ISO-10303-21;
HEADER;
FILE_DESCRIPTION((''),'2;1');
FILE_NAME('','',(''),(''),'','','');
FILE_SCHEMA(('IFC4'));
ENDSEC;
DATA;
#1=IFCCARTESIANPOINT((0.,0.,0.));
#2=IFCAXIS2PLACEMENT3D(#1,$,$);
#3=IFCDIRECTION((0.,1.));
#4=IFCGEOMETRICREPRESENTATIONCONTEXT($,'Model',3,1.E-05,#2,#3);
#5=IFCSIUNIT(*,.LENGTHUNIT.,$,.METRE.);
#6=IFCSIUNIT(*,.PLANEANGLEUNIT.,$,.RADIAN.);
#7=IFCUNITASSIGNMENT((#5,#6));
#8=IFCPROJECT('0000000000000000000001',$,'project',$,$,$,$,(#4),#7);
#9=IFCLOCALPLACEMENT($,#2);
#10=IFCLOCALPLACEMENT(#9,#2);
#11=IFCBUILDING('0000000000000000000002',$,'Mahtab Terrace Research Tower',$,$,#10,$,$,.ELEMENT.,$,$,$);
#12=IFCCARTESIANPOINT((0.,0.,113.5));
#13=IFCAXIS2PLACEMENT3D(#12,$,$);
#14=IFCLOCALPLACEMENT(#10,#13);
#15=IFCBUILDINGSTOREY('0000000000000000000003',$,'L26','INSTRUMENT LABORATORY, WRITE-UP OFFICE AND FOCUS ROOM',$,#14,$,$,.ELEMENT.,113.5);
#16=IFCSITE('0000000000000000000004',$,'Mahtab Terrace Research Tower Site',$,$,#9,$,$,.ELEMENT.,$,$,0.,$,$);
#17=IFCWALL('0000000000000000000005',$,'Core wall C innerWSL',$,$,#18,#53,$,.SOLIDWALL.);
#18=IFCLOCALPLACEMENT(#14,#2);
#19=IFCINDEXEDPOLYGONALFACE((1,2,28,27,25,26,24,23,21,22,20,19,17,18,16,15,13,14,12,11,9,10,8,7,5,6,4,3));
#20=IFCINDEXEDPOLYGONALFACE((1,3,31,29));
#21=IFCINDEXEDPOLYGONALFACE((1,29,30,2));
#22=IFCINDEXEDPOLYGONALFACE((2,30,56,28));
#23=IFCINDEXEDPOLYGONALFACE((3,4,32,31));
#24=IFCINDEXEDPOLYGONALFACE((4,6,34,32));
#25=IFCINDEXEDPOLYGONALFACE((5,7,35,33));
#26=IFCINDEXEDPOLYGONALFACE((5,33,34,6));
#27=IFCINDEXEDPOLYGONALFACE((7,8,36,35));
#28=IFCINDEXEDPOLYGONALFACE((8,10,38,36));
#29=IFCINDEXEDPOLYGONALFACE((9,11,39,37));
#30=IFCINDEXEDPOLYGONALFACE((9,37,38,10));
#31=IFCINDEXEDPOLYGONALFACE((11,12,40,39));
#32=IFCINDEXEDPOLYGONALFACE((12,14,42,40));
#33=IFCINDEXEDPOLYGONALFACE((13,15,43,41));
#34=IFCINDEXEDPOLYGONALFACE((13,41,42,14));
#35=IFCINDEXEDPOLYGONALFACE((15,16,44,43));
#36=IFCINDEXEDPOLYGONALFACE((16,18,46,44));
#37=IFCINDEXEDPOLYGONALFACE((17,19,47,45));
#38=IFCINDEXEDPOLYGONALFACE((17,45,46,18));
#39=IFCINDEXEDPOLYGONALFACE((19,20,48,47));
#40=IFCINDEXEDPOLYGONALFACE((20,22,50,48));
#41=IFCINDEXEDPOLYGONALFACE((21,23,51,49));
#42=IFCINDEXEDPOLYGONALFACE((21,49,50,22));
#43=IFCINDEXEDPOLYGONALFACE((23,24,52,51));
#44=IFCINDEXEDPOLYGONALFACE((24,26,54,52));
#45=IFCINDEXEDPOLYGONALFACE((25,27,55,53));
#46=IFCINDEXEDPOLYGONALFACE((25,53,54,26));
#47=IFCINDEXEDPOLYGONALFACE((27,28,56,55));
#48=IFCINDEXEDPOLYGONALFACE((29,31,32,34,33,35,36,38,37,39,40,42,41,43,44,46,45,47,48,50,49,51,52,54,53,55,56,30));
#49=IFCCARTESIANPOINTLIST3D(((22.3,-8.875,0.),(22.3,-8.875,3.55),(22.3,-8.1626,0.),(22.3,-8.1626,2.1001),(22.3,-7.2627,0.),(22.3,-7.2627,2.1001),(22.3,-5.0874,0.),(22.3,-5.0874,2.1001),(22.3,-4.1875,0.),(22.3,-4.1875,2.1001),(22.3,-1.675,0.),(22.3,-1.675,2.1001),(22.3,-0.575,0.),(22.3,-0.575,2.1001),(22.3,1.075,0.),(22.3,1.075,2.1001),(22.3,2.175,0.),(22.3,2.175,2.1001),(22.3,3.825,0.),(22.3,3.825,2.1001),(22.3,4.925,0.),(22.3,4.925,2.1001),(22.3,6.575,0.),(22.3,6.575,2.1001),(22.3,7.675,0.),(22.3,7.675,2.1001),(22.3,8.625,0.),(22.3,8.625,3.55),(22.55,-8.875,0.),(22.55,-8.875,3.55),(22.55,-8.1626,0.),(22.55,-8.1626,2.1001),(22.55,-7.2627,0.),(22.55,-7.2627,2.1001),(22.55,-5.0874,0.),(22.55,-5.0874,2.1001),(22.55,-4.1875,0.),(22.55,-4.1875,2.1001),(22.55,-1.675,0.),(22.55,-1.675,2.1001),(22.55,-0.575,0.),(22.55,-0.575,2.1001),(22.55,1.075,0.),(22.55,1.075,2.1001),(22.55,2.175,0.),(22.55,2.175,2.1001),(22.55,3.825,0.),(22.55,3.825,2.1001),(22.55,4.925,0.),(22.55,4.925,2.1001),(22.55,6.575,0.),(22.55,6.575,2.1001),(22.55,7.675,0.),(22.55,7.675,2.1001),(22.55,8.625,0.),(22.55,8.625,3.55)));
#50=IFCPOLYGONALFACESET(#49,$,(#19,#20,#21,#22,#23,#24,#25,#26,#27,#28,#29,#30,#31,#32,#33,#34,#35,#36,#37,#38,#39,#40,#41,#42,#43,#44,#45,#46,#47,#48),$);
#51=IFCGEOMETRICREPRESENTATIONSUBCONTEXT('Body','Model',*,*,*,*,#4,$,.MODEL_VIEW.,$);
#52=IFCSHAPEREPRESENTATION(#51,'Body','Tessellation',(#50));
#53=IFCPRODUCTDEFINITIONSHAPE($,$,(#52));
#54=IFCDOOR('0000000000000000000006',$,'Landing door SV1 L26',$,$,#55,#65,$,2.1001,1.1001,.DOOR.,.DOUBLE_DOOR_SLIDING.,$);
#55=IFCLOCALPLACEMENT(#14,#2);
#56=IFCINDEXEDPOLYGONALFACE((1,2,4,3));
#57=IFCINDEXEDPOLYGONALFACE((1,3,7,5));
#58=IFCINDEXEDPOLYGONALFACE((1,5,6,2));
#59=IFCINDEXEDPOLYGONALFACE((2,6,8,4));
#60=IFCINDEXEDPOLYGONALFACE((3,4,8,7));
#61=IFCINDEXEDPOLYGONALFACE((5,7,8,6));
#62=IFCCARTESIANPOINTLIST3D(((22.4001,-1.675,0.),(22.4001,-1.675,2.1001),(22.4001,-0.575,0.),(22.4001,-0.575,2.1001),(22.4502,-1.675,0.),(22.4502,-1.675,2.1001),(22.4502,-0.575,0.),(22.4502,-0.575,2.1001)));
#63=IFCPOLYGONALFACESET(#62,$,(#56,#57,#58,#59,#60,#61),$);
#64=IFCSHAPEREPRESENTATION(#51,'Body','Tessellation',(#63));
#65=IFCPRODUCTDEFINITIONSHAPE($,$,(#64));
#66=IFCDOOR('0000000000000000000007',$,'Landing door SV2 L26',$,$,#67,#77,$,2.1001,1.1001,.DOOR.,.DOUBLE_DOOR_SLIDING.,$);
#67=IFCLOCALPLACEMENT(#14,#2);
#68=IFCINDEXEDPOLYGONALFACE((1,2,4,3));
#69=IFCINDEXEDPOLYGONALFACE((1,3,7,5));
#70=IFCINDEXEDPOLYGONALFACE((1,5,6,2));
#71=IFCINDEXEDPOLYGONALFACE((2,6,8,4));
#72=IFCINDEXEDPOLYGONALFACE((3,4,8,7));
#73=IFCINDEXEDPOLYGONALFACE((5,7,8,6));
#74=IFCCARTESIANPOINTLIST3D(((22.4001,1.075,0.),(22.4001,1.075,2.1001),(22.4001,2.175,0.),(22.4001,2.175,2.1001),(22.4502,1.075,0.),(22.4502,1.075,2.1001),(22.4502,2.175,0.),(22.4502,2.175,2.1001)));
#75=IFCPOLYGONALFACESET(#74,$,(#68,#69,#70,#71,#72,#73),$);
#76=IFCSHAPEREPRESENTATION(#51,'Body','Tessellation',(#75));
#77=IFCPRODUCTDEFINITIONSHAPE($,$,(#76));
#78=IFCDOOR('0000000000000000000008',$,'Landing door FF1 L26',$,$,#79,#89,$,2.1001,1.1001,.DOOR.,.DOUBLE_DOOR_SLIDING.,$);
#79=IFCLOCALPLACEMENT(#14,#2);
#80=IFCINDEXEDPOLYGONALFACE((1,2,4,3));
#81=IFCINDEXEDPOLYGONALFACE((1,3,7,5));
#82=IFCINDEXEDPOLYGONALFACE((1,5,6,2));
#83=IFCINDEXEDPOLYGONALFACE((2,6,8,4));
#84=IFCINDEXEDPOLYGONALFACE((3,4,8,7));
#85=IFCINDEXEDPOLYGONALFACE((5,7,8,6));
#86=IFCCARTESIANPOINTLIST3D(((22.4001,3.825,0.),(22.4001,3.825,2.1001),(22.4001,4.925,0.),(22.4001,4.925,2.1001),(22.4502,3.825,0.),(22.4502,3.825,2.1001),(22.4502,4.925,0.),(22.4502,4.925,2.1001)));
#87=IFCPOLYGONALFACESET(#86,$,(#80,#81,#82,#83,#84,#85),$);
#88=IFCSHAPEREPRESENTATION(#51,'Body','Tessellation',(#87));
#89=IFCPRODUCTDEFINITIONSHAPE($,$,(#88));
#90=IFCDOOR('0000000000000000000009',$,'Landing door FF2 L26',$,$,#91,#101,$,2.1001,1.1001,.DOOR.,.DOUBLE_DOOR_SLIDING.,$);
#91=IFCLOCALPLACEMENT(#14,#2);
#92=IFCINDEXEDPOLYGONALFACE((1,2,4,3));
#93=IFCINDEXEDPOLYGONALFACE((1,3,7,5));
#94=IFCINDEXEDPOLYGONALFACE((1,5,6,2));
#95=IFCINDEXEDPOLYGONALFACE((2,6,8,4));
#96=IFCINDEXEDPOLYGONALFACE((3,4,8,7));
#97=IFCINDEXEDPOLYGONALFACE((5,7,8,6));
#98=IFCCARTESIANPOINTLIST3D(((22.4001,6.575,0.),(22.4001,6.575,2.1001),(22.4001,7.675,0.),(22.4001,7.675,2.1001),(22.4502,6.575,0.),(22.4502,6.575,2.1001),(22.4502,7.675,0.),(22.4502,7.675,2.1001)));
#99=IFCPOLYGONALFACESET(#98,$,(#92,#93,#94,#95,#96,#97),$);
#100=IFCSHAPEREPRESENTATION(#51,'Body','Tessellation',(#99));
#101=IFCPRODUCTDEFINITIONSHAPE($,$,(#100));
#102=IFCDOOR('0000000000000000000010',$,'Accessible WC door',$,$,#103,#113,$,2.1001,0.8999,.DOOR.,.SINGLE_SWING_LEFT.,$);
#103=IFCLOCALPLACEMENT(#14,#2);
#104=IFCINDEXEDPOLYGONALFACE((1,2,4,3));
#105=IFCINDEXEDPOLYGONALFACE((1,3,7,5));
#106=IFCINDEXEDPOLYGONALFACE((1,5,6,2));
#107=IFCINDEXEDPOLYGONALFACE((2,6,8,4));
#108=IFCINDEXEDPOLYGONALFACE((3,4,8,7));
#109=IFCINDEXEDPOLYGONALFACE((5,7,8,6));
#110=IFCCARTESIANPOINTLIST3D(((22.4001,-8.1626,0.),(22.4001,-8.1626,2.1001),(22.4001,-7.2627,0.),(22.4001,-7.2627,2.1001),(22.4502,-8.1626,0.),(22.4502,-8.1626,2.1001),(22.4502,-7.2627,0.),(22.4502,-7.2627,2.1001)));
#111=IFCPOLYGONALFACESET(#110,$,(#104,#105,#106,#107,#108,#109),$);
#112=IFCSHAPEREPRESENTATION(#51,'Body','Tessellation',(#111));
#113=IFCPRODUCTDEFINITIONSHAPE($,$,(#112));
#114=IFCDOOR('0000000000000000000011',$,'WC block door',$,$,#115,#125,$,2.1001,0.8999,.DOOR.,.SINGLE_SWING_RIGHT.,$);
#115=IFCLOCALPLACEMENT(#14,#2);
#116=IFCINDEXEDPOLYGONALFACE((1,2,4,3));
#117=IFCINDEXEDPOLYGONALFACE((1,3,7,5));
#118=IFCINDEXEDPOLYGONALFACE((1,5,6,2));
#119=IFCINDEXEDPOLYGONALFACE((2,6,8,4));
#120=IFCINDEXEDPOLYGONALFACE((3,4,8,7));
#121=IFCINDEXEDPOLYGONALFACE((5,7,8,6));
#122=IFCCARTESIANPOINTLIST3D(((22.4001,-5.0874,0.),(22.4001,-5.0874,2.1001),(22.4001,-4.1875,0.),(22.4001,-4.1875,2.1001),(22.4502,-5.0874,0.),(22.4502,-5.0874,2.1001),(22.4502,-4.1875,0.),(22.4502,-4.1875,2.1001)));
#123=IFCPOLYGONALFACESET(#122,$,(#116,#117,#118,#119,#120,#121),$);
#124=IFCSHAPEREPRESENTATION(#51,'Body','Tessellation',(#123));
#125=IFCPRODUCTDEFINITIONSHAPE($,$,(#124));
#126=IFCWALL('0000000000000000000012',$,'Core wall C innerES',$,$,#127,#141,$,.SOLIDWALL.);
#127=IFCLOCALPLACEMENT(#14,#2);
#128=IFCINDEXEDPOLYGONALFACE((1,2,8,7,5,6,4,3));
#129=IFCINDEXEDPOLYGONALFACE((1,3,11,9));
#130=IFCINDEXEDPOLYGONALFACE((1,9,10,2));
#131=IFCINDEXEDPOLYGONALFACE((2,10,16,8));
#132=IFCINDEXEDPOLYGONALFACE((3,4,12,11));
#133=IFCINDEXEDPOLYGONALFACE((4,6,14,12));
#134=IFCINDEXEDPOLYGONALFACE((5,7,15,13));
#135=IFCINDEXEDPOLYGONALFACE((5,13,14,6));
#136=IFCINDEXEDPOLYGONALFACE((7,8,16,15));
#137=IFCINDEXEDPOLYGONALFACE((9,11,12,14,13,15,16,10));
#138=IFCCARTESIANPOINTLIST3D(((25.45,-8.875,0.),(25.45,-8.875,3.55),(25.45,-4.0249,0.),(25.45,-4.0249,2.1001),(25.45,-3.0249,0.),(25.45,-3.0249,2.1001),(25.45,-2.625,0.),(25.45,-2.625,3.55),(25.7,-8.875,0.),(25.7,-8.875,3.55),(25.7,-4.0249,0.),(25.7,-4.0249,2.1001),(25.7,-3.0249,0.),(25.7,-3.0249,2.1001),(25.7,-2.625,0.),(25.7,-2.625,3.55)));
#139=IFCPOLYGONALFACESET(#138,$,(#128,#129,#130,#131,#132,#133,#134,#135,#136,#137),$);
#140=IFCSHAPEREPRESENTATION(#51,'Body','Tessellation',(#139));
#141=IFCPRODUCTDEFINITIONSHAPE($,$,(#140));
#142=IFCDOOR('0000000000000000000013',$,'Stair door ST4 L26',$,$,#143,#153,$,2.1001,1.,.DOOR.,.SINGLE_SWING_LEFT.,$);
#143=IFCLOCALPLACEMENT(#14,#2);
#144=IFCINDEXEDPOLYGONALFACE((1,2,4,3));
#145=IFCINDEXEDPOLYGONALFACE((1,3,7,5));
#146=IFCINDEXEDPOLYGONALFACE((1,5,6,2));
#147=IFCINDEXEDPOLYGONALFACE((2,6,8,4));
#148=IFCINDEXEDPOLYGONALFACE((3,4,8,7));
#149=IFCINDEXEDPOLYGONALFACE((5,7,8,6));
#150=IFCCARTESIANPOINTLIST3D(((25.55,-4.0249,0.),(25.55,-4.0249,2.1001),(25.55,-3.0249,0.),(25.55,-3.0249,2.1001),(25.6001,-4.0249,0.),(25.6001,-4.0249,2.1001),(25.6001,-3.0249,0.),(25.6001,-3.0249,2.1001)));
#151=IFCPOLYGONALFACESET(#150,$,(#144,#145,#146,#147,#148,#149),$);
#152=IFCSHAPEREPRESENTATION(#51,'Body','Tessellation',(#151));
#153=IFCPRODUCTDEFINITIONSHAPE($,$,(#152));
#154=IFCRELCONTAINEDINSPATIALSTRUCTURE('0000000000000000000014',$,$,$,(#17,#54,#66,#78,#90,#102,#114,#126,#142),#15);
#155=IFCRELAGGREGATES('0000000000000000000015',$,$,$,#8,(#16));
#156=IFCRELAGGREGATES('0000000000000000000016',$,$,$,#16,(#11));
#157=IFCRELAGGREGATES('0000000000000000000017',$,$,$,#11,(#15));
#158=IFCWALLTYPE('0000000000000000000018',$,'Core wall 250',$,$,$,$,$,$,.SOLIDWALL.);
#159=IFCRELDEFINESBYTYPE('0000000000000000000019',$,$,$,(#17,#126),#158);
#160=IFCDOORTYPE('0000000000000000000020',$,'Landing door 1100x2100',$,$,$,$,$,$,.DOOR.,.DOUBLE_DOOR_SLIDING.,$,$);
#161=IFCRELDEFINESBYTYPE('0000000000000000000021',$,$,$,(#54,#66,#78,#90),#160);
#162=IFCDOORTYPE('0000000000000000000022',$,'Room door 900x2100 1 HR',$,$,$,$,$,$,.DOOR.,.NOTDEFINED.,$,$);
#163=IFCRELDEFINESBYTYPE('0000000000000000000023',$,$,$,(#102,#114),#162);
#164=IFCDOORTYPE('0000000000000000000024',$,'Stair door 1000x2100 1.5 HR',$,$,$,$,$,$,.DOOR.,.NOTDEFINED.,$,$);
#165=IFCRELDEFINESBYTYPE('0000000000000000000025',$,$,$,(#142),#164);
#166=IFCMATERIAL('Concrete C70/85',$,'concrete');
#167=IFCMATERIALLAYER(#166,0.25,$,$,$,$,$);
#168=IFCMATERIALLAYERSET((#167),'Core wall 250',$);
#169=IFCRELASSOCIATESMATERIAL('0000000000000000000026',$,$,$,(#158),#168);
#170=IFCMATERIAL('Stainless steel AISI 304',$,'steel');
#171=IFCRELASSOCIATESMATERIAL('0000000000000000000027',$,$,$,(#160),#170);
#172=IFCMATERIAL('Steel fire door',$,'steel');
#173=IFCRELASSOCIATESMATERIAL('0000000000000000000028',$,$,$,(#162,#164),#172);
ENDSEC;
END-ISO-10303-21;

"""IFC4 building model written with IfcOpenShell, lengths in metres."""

from ifc_helpers import new_model, si_unit, direction, frame, frame_2d, origin, place, context, subcontext, project, spatial, rectangle, extrude, material, layer, layer_set, type_object, element, fill, save


model = new_model("IFC4")

# Units and contexts
model_context = context("Model", 3, precision=1e-05, world=origin(), true_north=direction((0.0, 1.0)))
body_context = subcontext(model_context, "Body", "Model", "MODEL_VIEW")
ifc_project = project(units=[si_unit("LENGTHUNIT", "METRE"), si_unit("PLANEANGLEUNIT", "RADIAN")], contexts=[model_context])

# Site, building, storey
site_placement = place(None, origin())
site = spatial("IfcSite", under=ifc_project, at=site_placement, Name="Mahtab Terrace Research Tower Site", CompositionType="ELEMENT", RefElevation=0.0)
building_placement = place(site_placement, origin())
building = spatial("IfcBuilding", under=site, at=building_placement, Name="Mahtab Terrace Research Tower", CompositionType="ELEMENT")
storey_placement = place(building_placement, frame((0.0, 0.0, 113.5)))
storey = spatial("IfcBuildingStorey", under=building, at=storey_placement, Name="L26", Description="INSTRUMENT LABORATORY, WRITE-UP OFFICE AND FOCUS ROOM", CompositionType="ELEMENT", Elevation=113.5)

# Shared definitions
ifc_material_1 = material(Name="Concrete C70/85", Category="concrete")

# Wall, openings, doors
ifc_layer_1 = layer(ifc_material_1, 0.25)
ifc_layer_set_1 = layer_set([ifc_layer_1], Name="Core wall 250")
wall_type_1 = type_object("IfcWallType", Name="Core wall 250", PredefinedType="SOLIDWALL", material=ifc_layer_set_1)
wall_1_placement = place(storey_placement, frame((22.425, -8.875, 0.0), z_axis=(0.0, 0.0, 1.0), x_axis=(0.0, 1.0, 0.0)))
wall_1 = element("IfcWall", 1, at=wall_1_placement, inside=storey, type_object=wall_type_1, Name="Core wall C innerWSL", PredefinedType="SOLIDWALL", context=body_context, shape_type="SweptSolid", body=[
    extrude(rectangle(XDim=17.5, YDim=0.25, at=frame_2d((8.75, 0.0))), origin(), (0.0, 0.0, 1.0), 3.55),
])
opening_1_placement = place(wall_1_placement, frame((7.2, 0.0, 0.0)))
opening_1 = element("IfcOpeningElement", 2, at=opening_1_placement, cuts=wall_1, PredefinedType="OPENING", context=body_context, shape_type="SweptSolid", body=[
    extrude(rectangle(XDim=1.1001, YDim=2.1001, at=frame_2d((0.55, 1.05))), frame((0.0, 0.135, 0.0), z_axis=(0.0, -1.0, 0.0), x_axis=(1.0, 0.0, 0.0)), (0.0, 0.0, 1.0), 0.27),
])
opening_2_placement = place(wall_1_placement, frame((9.95, 0.0, 0.0)))
opening_2 = element("IfcOpeningElement", 3, at=opening_2_placement, cuts=wall_1, PredefinedType="OPENING", context=body_context, shape_type="SweptSolid", body=[
    extrude(rectangle(XDim=1.1001, YDim=2.1001, at=frame_2d((0.55, 1.05))), frame((0.0, 0.135, 0.0), z_axis=(0.0, -1.0, 0.0), x_axis=(1.0, 0.0, 0.0)), (0.0, 0.0, 1.0), 0.27),
])
opening_3_placement = place(wall_1_placement, frame((12.7, 0.0, 0.0)))
opening_3 = element("IfcOpeningElement", 4, at=opening_3_placement, cuts=wall_1, PredefinedType="OPENING", context=body_context, shape_type="SweptSolid", body=[
    extrude(rectangle(XDim=1.1001, YDim=2.1001, at=frame_2d((0.55, 1.05))), frame((0.0, 0.135, 0.0), z_axis=(0.0, -1.0, 0.0), x_axis=(1.0, 0.0, 0.0)), (0.0, 0.0, 1.0), 0.27),
])
opening_4_placement = place(wall_1_placement, frame((15.45, 0.0, 0.0)))
opening_4 = element("IfcOpeningElement", 5, at=opening_4_placement, cuts=wall_1, PredefinedType="OPENING", context=body_context, shape_type="SweptSolid", body=[
    extrude(rectangle(XDim=1.1001, YDim=2.1001, at=frame_2d((0.55, 1.05))), frame((0.0, 0.135, 0.0), z_axis=(0.0, -1.0, 0.0), x_axis=(1.0, 0.0, 0.0)), (0.0, 0.0, 1.0), 0.27),
])
opening_5_placement = place(wall_1_placement, frame((0.7124, 0.0, 0.0)))
opening_5 = element("IfcOpeningElement", 6, at=opening_5_placement, cuts=wall_1, PredefinedType="OPENING", context=body_context, shape_type="SweptSolid", body=[
    extrude(rectangle(XDim=0.8999, YDim=2.1001, at=frame_2d((0.45, 1.05))), frame((0.0, 0.135, 0.0), z_axis=(0.0, -1.0, 0.0), x_axis=(1.0, 0.0, 0.0)), (0.0, 0.0, 1.0), 0.27),
])
opening_6_placement = place(wall_1_placement, frame((3.7876, 0.0, 0.0)))
opening_6 = element("IfcOpeningElement", 7, at=opening_6_placement, cuts=wall_1, PredefinedType="OPENING", context=body_context, shape_type="SweptSolid", body=[
    extrude(rectangle(XDim=0.8999, YDim=2.1001, at=frame_2d((0.45, 1.05))), frame((0.0, 0.135, 0.0), z_axis=(0.0, -1.0, 0.0), x_axis=(1.0, 0.0, 0.0)), (0.0, 0.0, 1.0), 0.27),
])
ifc_material_2 = material(Name="Stainless steel AISI 304", Category="steel")
door_type_1 = type_object("IfcDoorType", Name="Landing door 1100x2100", OperationType="DOUBLE_DOOR_SLIDING", PredefinedType="DOOR", material=ifc_material_2)
door_1_placement = place(opening_1_placement, origin())
door_1 = element("IfcDoor", 8, at=door_1_placement, inside=storey, type_object=door_type_1, Name="Landing door SV1 L26", OperationType="DOUBLE_DOOR_SLIDING", OverallHeight=2.1001, OverallWidth=1.1001, PredefinedType="DOOR", context=body_context, shape_type="SweptSolid", body=[
    extrude(rectangle(XDim=1.1001, YDim=2.1001, at=frame_2d((0.55, 1.05))), frame((0.0, 0.0249, 0.0), z_axis=(0.0, -1.0, 0.0), x_axis=(1.0, 0.0, 0.0)), (0.0, 0.0, 1.0), 0.05),
])
fill(opening_1, door_1)
door_2_placement = place(opening_2_placement, origin())
door_2 = element("IfcDoor", 9, at=door_2_placement, inside=storey, type_object=door_type_1, Name="Landing door SV2 L26", OperationType="DOUBLE_DOOR_SLIDING", OverallHeight=2.1001, OverallWidth=1.1001, PredefinedType="DOOR", context=body_context, shape_type="SweptSolid", body=[
    extrude(rectangle(XDim=1.1001, YDim=2.1001, at=frame_2d((0.55, 1.05))), frame((0.0, 0.0249, 0.0), z_axis=(0.0, -1.0, 0.0), x_axis=(1.0, 0.0, 0.0)), (0.0, 0.0, 1.0), 0.05),
])
fill(opening_2, door_2)
door_3_placement = place(opening_3_placement, origin())
door_3 = element("IfcDoor", 10, at=door_3_placement, inside=storey, type_object=door_type_1, Name="Landing door FF1 L26", OperationType="DOUBLE_DOOR_SLIDING", OverallHeight=2.1001, OverallWidth=1.1001, PredefinedType="DOOR", context=body_context, shape_type="SweptSolid", body=[
    extrude(rectangle(XDim=1.1001, YDim=2.1001, at=frame_2d((0.55, 1.05))), frame((0.0, 0.0249, 0.0), z_axis=(0.0, -1.0, 0.0), x_axis=(1.0, 0.0, 0.0)), (0.0, 0.0, 1.0), 0.05),
])
fill(opening_3, door_3)
door_4_placement = place(opening_4_placement, origin())
door_4 = element("IfcDoor", 11, at=door_4_placement, inside=storey, type_object=door_type_1, Name="Landing door FF2 L26", OperationType="DOUBLE_DOOR_SLIDING", OverallHeight=2.1001, OverallWidth=1.1001, PredefinedType="DOOR", context=body_context, shape_type="SweptSolid", body=[
    extrude(rectangle(XDim=1.1001, YDim=2.1001, at=frame_2d((0.55, 1.05))), frame((0.0, 0.0249, 0.0), z_axis=(0.0, -1.0, 0.0), x_axis=(1.0, 0.0, 0.0)), (0.0, 0.0, 1.0), 0.05),
])
fill(opening_4, door_4)
ifc_material_3 = material(Name="Steel fire door", Category="steel")
door_type_2 = type_object("IfcDoorType", Name="Room door 900x2100 1 HR", OperationType="NOTDEFINED", PredefinedType="DOOR", material=ifc_material_3)
door_5_placement = place(opening_5_placement, origin())
door_5 = element("IfcDoor", 12, at=door_5_placement, inside=storey, type_object=door_type_2, Name="Accessible WC door", OperationType="SINGLE_SWING_LEFT", OverallHeight=2.1001, OverallWidth=0.8999, PredefinedType="DOOR", context=body_context, shape_type="SweptSolid", body=[
    extrude(rectangle(XDim=0.8999, YDim=2.1001, at=frame_2d((0.45, 1.05))), frame((0.0, 0.0249, 0.0), z_axis=(0.0, -1.0, 0.0), x_axis=(1.0, 0.0, 0.0)), (0.0, 0.0, 1.0), 0.05),
])
fill(opening_5, door_5)
door_6_placement = place(opening_6_placement, origin())
door_6 = element("IfcDoor", 13, at=door_6_placement, inside=storey, type_object=door_type_2, Name="WC block door", OperationType="SINGLE_SWING_RIGHT", OverallHeight=2.1001, OverallWidth=0.8999, PredefinedType="DOOR", context=body_context, shape_type="SweptSolid", body=[
    extrude(rectangle(XDim=0.8999, YDim=2.1001, at=frame_2d((0.45, 1.05))), frame((0.0, 0.0249, 0.0), z_axis=(0.0, -1.0, 0.0), x_axis=(1.0, 0.0, 0.0)), (0.0, 0.0, 1.0), 0.05),
])
fill(opening_6, door_6)

# Wall, opening, door
wall_2_placement = place(storey_placement, frame((25.575, -8.875, 0.0), z_axis=(0.0, 0.0, 1.0), x_axis=(0.0, 1.0, 0.0)))
wall_2 = element("IfcWall", 14, at=wall_2_placement, inside=storey, type_object=wall_type_1, Name="Core wall C innerES", PredefinedType="SOLIDWALL", context=body_context, shape_type="SweptSolid", body=[
    extrude(rectangle(XDim=6.25, YDim=0.25, at=frame_2d((3.125, 0.0))), origin(), (0.0, 0.0, 1.0), 3.55),
])
opening_7_placement = place(wall_2_placement, frame((4.8501, 0.0, 0.0)))
opening_7 = element("IfcOpeningElement", 15, at=opening_7_placement, cuts=wall_2, PredefinedType="OPENING", context=body_context, shape_type="SweptSolid", body=[
    extrude(rectangle(XDim=1.0, YDim=2.1001, at=frame_2d((0.5, 1.05))), frame((0.0, 0.135, 0.0), z_axis=(0.0, -1.0, 0.0), x_axis=(1.0, 0.0, 0.0)), (0.0, 0.0, 1.0), 0.27),
])
door_type_3 = type_object("IfcDoorType", Name="Stair door 1000x2100 1.5 HR", OperationType="NOTDEFINED", PredefinedType="DOOR", material=ifc_material_3)
door_7_placement = place(opening_7_placement, origin())
door_7 = element("IfcDoor", 16, at=door_7_placement, inside=storey, type_object=door_type_3, Name="Stair door ST4 L26", OperationType="SINGLE_SWING_LEFT", OverallHeight=2.1001, OverallWidth=1.0, PredefinedType="DOOR", context=body_context, shape_type="SweptSolid", body=[
    extrude(rectangle(XDim=1.0, YDim=2.1001, at=frame_2d((0.5, 1.05))), frame((0.0, 0.0249, 0.0), z_axis=(0.0, -1.0, 0.0), x_axis=(1.0, 0.0, 0.0)), (0.0, 0.0, 1.0), 0.05),
])
fill(opening_7, door_7)

save(model, "model.ifc")
